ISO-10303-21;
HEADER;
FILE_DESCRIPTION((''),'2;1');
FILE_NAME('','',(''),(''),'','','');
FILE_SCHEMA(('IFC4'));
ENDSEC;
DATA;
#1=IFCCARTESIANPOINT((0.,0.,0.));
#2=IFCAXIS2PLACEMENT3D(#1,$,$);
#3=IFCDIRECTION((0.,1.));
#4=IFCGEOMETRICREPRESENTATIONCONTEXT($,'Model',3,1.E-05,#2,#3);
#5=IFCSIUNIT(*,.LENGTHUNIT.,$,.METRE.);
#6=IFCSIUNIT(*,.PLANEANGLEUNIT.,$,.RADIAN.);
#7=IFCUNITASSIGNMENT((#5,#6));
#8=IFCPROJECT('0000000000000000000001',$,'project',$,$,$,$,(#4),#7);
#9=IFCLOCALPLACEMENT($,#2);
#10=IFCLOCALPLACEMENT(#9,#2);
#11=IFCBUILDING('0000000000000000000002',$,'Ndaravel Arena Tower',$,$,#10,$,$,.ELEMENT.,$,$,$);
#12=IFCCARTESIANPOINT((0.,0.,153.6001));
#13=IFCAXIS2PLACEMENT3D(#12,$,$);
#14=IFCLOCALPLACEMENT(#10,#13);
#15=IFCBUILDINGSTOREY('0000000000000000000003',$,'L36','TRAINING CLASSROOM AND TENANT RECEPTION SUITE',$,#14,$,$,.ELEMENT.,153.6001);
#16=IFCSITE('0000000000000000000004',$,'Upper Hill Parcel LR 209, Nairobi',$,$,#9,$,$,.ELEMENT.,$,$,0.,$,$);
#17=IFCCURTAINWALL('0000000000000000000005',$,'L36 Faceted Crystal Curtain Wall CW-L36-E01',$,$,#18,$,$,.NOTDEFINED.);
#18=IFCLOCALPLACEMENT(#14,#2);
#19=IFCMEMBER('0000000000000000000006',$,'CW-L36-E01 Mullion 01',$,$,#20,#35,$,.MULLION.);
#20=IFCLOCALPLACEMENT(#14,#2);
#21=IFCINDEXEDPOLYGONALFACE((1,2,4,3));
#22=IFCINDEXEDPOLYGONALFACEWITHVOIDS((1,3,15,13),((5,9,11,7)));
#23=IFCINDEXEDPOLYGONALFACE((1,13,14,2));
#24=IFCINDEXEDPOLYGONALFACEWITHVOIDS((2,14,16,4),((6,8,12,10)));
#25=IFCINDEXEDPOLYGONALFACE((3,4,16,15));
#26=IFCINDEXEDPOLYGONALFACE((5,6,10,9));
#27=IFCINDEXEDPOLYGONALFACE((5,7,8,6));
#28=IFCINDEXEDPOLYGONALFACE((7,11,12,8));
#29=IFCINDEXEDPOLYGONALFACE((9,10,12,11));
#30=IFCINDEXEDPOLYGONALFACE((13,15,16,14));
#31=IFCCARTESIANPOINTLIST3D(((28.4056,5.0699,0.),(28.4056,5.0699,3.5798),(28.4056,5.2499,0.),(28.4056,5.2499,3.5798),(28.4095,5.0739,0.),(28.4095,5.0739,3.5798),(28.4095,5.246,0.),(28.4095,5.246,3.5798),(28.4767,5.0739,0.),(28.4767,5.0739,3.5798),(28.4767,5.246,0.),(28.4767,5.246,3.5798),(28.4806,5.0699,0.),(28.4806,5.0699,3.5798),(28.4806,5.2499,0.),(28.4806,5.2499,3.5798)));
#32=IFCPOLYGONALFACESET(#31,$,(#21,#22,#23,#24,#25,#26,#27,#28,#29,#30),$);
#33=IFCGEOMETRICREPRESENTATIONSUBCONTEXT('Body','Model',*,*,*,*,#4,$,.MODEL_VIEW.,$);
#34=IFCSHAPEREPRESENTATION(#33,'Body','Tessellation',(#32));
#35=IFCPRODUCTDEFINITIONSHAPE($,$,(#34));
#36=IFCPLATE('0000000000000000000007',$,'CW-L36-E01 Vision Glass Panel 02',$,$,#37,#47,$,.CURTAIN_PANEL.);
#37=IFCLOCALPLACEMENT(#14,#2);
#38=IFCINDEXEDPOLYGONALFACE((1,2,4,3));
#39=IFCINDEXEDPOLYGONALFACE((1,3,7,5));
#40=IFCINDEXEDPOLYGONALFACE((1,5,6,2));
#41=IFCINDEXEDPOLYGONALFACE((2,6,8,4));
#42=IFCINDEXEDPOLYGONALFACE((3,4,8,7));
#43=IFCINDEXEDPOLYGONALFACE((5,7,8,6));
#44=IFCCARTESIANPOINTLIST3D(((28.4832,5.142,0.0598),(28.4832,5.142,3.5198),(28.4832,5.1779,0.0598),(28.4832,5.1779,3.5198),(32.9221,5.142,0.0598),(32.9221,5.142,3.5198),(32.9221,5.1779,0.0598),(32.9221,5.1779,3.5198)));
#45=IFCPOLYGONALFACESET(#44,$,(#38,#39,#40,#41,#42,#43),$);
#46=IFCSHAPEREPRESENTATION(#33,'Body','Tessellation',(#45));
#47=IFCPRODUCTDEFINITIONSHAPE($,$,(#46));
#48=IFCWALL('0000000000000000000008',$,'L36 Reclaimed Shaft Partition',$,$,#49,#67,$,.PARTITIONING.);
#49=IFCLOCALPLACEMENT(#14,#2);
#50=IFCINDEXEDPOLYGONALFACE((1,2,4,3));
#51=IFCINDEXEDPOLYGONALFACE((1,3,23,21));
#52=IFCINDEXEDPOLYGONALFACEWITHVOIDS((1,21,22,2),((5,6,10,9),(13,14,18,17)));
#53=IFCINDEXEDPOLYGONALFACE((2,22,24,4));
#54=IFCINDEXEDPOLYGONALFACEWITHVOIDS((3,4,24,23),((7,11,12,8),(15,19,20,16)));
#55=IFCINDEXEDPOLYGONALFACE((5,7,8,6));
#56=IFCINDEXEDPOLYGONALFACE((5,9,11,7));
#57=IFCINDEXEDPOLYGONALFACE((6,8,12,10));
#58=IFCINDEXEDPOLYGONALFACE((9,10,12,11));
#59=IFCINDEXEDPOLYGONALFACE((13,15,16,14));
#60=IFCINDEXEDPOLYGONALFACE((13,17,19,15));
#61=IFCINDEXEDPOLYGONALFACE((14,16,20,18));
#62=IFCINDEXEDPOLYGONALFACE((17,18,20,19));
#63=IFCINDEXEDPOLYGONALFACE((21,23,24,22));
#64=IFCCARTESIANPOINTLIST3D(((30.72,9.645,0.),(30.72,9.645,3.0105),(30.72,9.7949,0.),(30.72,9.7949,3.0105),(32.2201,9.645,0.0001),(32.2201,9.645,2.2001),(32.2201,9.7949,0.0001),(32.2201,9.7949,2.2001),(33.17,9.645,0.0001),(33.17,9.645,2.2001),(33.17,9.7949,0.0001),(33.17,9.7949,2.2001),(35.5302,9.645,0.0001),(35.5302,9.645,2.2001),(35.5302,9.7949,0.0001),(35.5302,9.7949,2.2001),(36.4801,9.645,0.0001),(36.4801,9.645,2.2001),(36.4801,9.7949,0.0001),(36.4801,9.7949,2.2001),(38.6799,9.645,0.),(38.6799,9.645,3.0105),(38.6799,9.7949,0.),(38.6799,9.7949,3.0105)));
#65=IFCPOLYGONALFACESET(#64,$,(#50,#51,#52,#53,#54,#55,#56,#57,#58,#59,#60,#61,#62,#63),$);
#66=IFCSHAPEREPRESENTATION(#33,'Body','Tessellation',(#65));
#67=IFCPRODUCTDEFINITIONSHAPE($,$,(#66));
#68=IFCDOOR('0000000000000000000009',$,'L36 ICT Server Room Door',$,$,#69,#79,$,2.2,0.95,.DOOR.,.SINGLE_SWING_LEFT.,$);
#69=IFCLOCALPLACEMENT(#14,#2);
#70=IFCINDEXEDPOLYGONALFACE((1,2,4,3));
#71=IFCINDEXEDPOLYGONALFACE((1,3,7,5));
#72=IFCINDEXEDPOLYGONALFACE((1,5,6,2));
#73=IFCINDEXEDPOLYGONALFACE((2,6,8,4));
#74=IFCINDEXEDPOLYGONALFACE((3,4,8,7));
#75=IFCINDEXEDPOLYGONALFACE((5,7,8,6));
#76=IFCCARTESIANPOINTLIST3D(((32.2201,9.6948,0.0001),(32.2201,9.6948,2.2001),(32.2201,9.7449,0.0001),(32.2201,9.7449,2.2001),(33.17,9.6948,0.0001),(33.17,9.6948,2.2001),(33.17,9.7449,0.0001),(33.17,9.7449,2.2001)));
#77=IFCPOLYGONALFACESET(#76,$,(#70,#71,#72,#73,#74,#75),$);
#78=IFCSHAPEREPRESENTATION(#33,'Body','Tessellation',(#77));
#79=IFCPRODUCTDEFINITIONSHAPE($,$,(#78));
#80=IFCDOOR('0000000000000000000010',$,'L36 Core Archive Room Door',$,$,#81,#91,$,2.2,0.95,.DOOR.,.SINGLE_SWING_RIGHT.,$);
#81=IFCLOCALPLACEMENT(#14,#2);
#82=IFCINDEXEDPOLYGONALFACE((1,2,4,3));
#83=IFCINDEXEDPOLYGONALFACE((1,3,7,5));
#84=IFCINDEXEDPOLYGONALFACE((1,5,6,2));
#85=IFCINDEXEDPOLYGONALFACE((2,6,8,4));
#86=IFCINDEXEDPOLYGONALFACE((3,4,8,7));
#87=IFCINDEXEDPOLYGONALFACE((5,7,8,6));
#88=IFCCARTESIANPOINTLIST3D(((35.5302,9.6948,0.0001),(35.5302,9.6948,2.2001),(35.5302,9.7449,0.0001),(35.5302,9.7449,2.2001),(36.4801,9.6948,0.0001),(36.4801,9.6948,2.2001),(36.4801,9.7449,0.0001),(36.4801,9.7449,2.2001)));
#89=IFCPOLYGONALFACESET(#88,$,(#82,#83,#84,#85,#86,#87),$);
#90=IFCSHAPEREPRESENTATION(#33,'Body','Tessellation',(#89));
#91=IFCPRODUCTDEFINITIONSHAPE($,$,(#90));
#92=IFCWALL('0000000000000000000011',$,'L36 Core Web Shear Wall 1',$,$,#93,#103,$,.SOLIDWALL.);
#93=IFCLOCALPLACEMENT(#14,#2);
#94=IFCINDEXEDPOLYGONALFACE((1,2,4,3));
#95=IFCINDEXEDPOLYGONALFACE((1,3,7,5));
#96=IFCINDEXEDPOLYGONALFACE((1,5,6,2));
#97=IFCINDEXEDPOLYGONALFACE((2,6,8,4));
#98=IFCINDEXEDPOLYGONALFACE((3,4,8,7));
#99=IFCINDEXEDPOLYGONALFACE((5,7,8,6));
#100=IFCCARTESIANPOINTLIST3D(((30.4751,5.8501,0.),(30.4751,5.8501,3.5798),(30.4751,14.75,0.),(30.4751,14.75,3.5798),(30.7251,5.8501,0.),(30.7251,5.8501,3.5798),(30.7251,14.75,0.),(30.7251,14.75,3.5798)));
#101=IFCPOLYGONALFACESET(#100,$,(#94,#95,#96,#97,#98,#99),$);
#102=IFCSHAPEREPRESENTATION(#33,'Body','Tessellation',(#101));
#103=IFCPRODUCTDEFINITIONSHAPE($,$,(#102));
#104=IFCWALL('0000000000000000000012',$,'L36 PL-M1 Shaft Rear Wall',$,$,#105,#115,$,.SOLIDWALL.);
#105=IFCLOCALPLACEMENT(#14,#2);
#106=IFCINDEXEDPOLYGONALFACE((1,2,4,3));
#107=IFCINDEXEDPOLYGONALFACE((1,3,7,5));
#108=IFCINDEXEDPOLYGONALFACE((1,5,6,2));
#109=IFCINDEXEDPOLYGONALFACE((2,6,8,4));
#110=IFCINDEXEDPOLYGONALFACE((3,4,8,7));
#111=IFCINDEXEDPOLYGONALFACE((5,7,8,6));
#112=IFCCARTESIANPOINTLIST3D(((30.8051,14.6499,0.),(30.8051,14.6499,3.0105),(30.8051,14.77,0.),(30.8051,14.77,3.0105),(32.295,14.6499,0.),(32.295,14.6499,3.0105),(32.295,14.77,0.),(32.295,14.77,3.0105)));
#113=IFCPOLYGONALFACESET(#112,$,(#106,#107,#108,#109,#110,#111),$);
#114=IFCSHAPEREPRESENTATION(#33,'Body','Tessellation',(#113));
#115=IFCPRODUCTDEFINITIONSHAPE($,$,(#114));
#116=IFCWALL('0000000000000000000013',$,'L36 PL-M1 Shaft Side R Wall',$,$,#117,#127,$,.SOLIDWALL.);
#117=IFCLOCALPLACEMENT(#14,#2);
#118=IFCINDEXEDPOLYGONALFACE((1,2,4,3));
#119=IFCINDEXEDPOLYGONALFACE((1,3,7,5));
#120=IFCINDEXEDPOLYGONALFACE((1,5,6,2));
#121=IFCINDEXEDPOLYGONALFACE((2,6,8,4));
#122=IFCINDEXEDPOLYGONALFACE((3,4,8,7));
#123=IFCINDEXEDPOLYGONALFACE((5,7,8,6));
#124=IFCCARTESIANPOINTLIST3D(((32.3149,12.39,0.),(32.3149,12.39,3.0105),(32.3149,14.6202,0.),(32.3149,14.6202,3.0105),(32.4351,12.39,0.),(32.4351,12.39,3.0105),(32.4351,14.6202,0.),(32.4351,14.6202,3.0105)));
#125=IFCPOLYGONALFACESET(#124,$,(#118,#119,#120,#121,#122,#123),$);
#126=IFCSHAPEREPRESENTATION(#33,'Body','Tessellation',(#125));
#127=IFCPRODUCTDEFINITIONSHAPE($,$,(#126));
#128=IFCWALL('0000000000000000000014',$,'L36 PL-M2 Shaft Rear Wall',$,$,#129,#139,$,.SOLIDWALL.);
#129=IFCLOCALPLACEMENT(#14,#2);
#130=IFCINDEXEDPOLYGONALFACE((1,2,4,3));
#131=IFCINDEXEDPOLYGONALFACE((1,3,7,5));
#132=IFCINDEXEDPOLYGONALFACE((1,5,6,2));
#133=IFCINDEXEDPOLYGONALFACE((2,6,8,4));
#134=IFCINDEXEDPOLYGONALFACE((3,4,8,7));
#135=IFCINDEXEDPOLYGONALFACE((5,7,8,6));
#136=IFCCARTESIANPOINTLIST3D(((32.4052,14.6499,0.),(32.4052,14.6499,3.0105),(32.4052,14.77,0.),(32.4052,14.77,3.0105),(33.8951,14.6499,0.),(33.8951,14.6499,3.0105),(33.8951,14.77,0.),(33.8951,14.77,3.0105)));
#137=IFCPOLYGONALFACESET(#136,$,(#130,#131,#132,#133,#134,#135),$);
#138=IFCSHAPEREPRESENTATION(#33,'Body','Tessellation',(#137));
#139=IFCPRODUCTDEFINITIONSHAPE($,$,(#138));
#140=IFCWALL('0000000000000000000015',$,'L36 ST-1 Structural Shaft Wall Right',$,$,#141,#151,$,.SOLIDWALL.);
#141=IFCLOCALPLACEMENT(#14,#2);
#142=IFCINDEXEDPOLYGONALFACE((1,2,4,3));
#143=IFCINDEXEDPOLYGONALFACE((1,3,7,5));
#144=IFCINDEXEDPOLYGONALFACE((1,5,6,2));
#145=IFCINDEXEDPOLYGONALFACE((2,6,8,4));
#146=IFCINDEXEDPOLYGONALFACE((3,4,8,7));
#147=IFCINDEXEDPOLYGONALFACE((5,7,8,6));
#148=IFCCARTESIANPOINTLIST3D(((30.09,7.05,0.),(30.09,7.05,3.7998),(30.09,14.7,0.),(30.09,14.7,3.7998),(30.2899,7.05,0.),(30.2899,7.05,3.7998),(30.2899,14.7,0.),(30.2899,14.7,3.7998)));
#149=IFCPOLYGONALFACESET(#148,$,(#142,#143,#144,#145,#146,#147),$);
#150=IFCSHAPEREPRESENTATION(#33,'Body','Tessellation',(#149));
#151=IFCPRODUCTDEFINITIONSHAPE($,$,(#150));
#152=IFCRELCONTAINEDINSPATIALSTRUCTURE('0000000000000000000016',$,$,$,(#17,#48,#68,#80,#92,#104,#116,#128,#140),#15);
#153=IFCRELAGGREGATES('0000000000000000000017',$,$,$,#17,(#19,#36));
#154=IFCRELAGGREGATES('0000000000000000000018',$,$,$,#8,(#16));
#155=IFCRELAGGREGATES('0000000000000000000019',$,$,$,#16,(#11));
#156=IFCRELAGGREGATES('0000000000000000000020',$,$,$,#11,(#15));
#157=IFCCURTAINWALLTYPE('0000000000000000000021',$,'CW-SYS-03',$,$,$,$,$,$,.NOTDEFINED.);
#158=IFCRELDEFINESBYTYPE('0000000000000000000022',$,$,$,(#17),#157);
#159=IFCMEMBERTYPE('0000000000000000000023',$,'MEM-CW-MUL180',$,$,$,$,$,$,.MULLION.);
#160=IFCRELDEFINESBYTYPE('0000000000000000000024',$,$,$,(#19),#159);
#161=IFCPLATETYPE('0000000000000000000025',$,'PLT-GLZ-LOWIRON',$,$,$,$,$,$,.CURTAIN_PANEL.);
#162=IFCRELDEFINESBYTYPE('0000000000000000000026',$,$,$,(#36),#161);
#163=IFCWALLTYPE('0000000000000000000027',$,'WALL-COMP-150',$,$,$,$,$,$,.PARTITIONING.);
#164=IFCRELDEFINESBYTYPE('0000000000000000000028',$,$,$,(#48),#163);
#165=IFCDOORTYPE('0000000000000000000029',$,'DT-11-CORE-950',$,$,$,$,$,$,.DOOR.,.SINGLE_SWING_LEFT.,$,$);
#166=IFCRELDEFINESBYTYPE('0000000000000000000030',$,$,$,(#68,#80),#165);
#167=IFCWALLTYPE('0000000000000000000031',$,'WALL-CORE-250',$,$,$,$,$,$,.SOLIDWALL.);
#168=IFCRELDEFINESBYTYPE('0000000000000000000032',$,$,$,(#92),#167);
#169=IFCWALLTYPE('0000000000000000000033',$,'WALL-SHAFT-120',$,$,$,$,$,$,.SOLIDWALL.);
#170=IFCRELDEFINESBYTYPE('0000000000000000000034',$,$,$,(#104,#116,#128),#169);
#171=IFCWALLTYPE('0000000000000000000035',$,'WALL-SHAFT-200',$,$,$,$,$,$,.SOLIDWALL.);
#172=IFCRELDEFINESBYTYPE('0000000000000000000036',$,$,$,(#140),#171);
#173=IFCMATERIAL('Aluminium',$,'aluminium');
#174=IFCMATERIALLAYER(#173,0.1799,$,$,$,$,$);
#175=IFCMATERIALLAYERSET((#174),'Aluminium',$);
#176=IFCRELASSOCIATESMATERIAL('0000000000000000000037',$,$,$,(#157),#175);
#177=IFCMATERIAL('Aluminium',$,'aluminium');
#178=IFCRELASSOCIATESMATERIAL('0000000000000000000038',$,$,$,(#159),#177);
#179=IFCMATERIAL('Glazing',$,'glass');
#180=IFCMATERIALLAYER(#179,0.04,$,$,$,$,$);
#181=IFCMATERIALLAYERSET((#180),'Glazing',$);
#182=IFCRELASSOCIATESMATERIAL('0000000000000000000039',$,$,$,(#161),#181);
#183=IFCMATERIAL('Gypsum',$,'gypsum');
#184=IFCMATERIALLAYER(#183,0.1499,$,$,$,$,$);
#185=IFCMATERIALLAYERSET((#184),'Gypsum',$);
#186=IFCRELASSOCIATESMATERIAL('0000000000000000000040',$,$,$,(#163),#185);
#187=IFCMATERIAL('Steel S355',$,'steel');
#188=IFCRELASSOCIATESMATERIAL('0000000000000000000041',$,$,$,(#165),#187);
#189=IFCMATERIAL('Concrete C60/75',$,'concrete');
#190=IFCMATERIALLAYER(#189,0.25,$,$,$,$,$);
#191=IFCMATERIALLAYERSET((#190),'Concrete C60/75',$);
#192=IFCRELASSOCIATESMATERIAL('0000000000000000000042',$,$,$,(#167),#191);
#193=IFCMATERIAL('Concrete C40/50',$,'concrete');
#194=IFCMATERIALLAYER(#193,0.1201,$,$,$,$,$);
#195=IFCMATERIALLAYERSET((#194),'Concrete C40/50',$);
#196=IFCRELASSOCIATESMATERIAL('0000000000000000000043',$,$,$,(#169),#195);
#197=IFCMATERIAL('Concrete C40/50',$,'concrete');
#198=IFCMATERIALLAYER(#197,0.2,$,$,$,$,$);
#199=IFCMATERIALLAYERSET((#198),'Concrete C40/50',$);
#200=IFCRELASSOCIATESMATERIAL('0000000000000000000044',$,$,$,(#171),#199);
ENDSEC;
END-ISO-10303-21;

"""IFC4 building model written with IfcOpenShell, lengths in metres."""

from ifc_helpers import new_model, si_unit, direction, frame, frame_2d, origin, origin_2d, place, context, subcontext, project, spatial, rectangle, hollow_rectangle, extrude, material, layer, layer_set, material_profile, profile_set, type_object, element, fill, aggregate, save


model = new_model("IFC4")

# Units and contexts
model_context = context("Model", 3, precision=1e-05, world=origin(), true_north=direction((0.0, 1.0)))
body_context = subcontext(model_context, "Body", "Model", "MODEL_VIEW")
ifc_project = project(units=[si_unit("LENGTHUNIT", "METRE"), si_unit("PLANEANGLEUNIT", "RADIAN")], contexts=[model_context])

# Site, building, storey
site_placement = place(None, origin())
site = spatial("IfcSite", under=ifc_project, at=site_placement, Name="Upper Hill Parcel LR 209, Nairobi", CompositionType="ELEMENT", RefElevation=0.0)
building_placement = place(site_placement, origin())
building = spatial("IfcBuilding", under=site, at=building_placement, Name="Ndaravel Arena Tower", CompositionType="ELEMENT")
storey_placement = place(building_placement, frame((0.0, 0.0, 153.6001)))
storey = spatial("IfcBuildingStorey", under=building, at=storey_placement, Name="L36", Description="TRAINING CLASSROOM AND TENANT RECEPTION SUITE", CompositionType="ELEMENT", Elevation=153.6001)

# Curtain wall, member, plate
ifc_material_1 = material(Name="Aluminium", Category="aluminium")
ifc_layer_1 = layer(ifc_material_1, 0.1799)
ifc_layer_set_1 = layer_set([ifc_layer_1], Name="Aluminium")
curtain_wall_type = type_object("IfcCurtainWallType", Name="CW-SYS-03", PredefinedType="NOTDEFINED", material=ifc_layer_set_1)
curtain_wall_placement = place(storey_placement, origin())
curtain_wall = element("IfcCurtainWall", 1, at=curtain_wall_placement, inside=storey, type_object=curtain_wall_type, Name="L36 Faceted Crystal Curtain Wall CW-L36-E01", PredefinedType="NOTDEFINED")
ifc_material_2 = material(Name="Aluminium", Category="aluminium")
ifc_material_profile = material_profile(ifc_material_2, hollow_rectangle(XDim=0.075, YDim=0.1799, WallThickness=0.0039, at=origin_2d()), Name="CW MULLION 75x180x4")
ifc_profile_set = profile_set([ifc_material_profile], Name="Aluminium")
member_type = type_object("IfcMemberType", Name="MEM-CW-MUL180", PredefinedType="MULLION", material=ifc_profile_set)
member_placement = place(storey_placement, frame((28.4431, 5.1599, 0.0), z_axis=(0.0, 0.0, 1.0), x_axis=(1.0, 0.0, 0.0)))
member = element("IfcMember", 2, at=member_placement, type_object=member_type, Name="CW-L36-E01 Mullion 01", PredefinedType="MULLION", context=body_context, shape_type="SweptSolid", body=[
    extrude(hollow_rectangle(XDim=0.075, YDim=0.1799, WallThickness=0.0039, at=origin_2d()), origin(), (0.0, 0.0, 1.0), 3.5798),
])
ifc_material_3 = material(Name="Glazing", Category="glass")
ifc_layer_2 = layer(ifc_material_3, 0.04)
ifc_layer_set_2 = layer_set([ifc_layer_2], Name="Glazing")
plate_type = type_object("IfcPlateType", Name="PLT-GLZ-LOWIRON", PredefinedType="CURTAIN_PANEL", material=ifc_layer_set_2)
plate_placement = place(storey_placement, frame((30.7026, 5.1599, 0.0598), z_axis=(0.0, 0.0, 1.0), x_axis=(1.0, 0.0, 0.0)))
plate = element("IfcPlate", 3, at=plate_placement, type_object=plate_type, Name="CW-L36-E01 Vision Glass Panel 02", PredefinedType="CURTAIN_PANEL", context=body_context, shape_type="SweptSolid", body=[
    extrude(rectangle(XDim=4.439, YDim=0.0359, at=origin_2d()), origin(), (0.0, 0.0, 1.0), 3.46),
])
aggregate(curtain_wall, [member, plate])

# Wall, openings, doors
ifc_material_4 = material(Name="Gypsum", Category="gypsum")
ifc_layer_3 = layer(ifc_material_4, 0.1499)
ifc_layer_set_3 = layer_set([ifc_layer_3], Name="Gypsum")
wall_type_1 = type_object("IfcWallType", Name="WALL-COMP-150", PredefinedType="PARTITIONING", material=ifc_layer_set_3)
wall_1_placement = place(storey_placement, frame((30.72, 9.72, 0.0), z_axis=(0.0, 0.0, 1.0), x_axis=(1.0, 0.0, 0.0)))
wall_1 = element("IfcWall", 4, at=wall_1_placement, inside=storey, type_object=wall_type_1, Name="L36 Reclaimed Shaft Partition", PredefinedType="PARTITIONING", context=body_context, shape_type="SweptSolid", body=[
    extrude(rectangle(XDim=7.96, YDim=0.1499, at=frame_2d((3.98, 0.0))), origin(), (0.0, 0.0, 1.0), 3.0105),
])
opening_1_placement = place(wall_1_placement, frame((1.5, 0.0, 0.0)))
opening_1 = element("IfcOpeningElement", 5, at=opening_1_placement, cuts=wall_1, PredefinedType="OPENING", context=body_context, shape_type="SweptSolid", body=[
    extrude(rectangle(XDim=0.95, YDim=2.2, at=frame_2d((0.4751, 1.1001))), frame((0.0, 0.075, 0.0), z_axis=(0.0, -1.0, 0.0), x_axis=(1.0, 0.0, 0.0)), (0.0, 0.0, 1.0), 0.1499),
])
opening_2_placement = place(wall_1_placement, frame((4.8101, 0.0, 0.0)))
opening_2 = element("IfcOpeningElement", 6, at=opening_2_placement, cuts=wall_1, PredefinedType="OPENING", context=body_context, shape_type="SweptSolid", body=[
    extrude(rectangle(XDim=0.95, YDim=2.2, at=frame_2d((0.4751, 1.1001))), frame((0.0, 0.075, 0.0), z_axis=(0.0, -1.0, 0.0), x_axis=(1.0, 0.0, 0.0)), (0.0, 0.0, 1.0), 0.1499),
])
ifc_material_5 = material(Name="Steel S355", Category="steel")
door_type_1 = type_object("IfcDoorType", Name="DT-11-CORE-950", OperationType="SINGLE_SWING_LEFT", PredefinedType="DOOR", material=ifc_material_5)
door_1_placement = place(opening_1_placement, origin())
door_1 = element("IfcDoor", 7, at=door_1_placement, inside=storey, type_object=door_type_1, Name="L36 ICT Server Room Door", OperationType="SINGLE_SWING_LEFT", OverallHeight=2.2, OverallWidth=0.95, PredefinedType="DOOR", context=body_context, shape_type="SweptSolid", body=[
    extrude(rectangle(XDim=0.95, YDim=2.2, at=frame_2d((0.4751, 1.1001))), frame((0.0, 0.0249, 0.0), z_axis=(0.0, -1.0, 0.0), x_axis=(1.0, 0.0, 0.0)), (0.0, 0.0, 1.0), 0.05),
])
fill(opening_1, door_1)
door_2_placement = place(opening_2_placement, origin())
door_2 = element("IfcDoor", 8, at=door_2_placement, inside=storey, type_object=door_type_1, Name="L36 Core Archive Room Door", OperationType="SINGLE_SWING_RIGHT", OverallHeight=2.2, OverallWidth=0.95, PredefinedType="DOOR", context=body_context, shape_type="SweptSolid", body=[
    extrude(rectangle(XDim=0.95, YDim=2.2, at=frame_2d((0.4751, 1.1001))), frame((0.0, 0.0249, 0.0), z_axis=(0.0, -1.0, 0.0), x_axis=(1.0, 0.0, 0.0)), (0.0, 0.0, 1.0), 0.05),
])
fill(opening_2, door_2)

# Walls
ifc_material_6 = material(Name="Concrete C60/75", Category="concrete")
ifc_layer_4 = layer(ifc_material_6, 0.25)
ifc_layer_set_4 = layer_set([ifc_layer_4], Name="Concrete C60/75")
wall_type_2 = type_object("IfcWallType", Name="WALL-CORE-250", PredefinedType="SOLIDWALL", material=ifc_layer_set_4)
wall_2_placement = place(storey_placement, frame((30.6001, 5.8501, 0.0), z_axis=(0.0, 0.0, 1.0), x_axis=(0.0, 1.0, 0.0)))
element("IfcWall", 9, at=wall_2_placement, inside=storey, type_object=wall_type_2, Name="L36 Core Web Shear Wall 1", PredefinedType="SOLIDWALL", context=body_context, shape_type="SweptSolid", body=[
    extrude(rectangle(XDim=8.8999, YDim=0.25, at=frame_2d((4.45, 0.0))), origin(), (0.0, 0.0, 1.0), 3.5798),
])
ifc_material_7 = material(Name="Concrete C40/50", Category="concrete")
ifc_layer_5 = layer(ifc_material_7, 0.1201)
ifc_layer_set_5 = layer_set([ifc_layer_5], Name="Concrete C40/50")
wall_type_3 = type_object("IfcWallType", Name="WALL-SHAFT-120", PredefinedType="SOLIDWALL", material=ifc_layer_set_5)
wall_3_placement = place(storey_placement, frame((30.8049, 14.71, 0.0), z_axis=(0.0, 0.0, 1.0), x_axis=(1.0, 0.0, 0.0)))
element("IfcWall", 10, at=wall_3_placement, inside=storey, type_object=wall_type_3, Name="L36 PL-M1 Shaft Rear Wall", PredefinedType="SOLIDWALL", context=body_context, shape_type="SweptSolid", body=[
    extrude(rectangle(XDim=1.49, YDim=0.1201, at=frame_2d((0.7451, 0.0))), origin(), (0.0, 0.0, 1.0), 3.0105),
])
wall_4_placement = place(storey_placement, frame((32.375, 12.3899, 0.0), z_axis=(0.0, 0.0, 1.0), x_axis=(0.0, 1.0, 0.0)))
element("IfcWall", 11, at=wall_4_placement, inside=storey, type_object=wall_type_3, Name="L36 PL-M1 Shaft Side R Wall", PredefinedType="SOLIDWALL", context=body_context, shape_type="SweptSolid", body=[
    extrude(rectangle(XDim=2.2302, YDim=0.1201, at=frame_2d((1.1152, 0.0))), origin(), (0.0, 0.0, 1.0), 3.0105),
])
wall_5_placement = place(storey_placement, frame((32.405, 14.71, 0.0), z_axis=(0.0, 0.0, 1.0), x_axis=(1.0, 0.0, 0.0)))
element("IfcWall", 12, at=wall_5_placement, inside=storey, type_object=wall_type_3, Name="L36 PL-M2 Shaft Rear Wall", PredefinedType="SOLIDWALL", context=body_context, shape_type="SweptSolid", body=[
    extrude(rectangle(XDim=1.49, YDim=0.1201, at=frame_2d((0.7451, 0.0))), origin(), (0.0, 0.0, 1.0), 3.0105),
])
ifc_material_8 = material(Name="Concrete C40/50", Category="concrete")
ifc_layer_6 = layer(ifc_material_8, 0.2)
ifc_layer_set_6 = layer_set([ifc_layer_6], Name="Concrete C40/50")
wall_type_4 = type_object("IfcWallType", Name="WALL-SHAFT-200", PredefinedType="SOLIDWALL", material=ifc_layer_set_6)
wall_6_placement = place(storey_placement, frame((30.1899, 14.7, 0.0), z_axis=(0.0, 0.0, 1.0), x_axis=(0.0, -1.0, 0.0)))
element("IfcWall", 13, at=wall_6_placement, inside=storey, type_object=wall_type_4, Name="L36 ST-1 Structural Shaft Wall Right", PredefinedType="SOLIDWALL", context=body_context, shape_type="SweptSolid", body=[
    extrude(rectangle(XDim=7.6499, YDim=0.2, at=frame_2d((3.825, 0.0))), origin(), (0.0, 0.0, 1.0), 3.7998),
])

save(model, "model.ifc")
